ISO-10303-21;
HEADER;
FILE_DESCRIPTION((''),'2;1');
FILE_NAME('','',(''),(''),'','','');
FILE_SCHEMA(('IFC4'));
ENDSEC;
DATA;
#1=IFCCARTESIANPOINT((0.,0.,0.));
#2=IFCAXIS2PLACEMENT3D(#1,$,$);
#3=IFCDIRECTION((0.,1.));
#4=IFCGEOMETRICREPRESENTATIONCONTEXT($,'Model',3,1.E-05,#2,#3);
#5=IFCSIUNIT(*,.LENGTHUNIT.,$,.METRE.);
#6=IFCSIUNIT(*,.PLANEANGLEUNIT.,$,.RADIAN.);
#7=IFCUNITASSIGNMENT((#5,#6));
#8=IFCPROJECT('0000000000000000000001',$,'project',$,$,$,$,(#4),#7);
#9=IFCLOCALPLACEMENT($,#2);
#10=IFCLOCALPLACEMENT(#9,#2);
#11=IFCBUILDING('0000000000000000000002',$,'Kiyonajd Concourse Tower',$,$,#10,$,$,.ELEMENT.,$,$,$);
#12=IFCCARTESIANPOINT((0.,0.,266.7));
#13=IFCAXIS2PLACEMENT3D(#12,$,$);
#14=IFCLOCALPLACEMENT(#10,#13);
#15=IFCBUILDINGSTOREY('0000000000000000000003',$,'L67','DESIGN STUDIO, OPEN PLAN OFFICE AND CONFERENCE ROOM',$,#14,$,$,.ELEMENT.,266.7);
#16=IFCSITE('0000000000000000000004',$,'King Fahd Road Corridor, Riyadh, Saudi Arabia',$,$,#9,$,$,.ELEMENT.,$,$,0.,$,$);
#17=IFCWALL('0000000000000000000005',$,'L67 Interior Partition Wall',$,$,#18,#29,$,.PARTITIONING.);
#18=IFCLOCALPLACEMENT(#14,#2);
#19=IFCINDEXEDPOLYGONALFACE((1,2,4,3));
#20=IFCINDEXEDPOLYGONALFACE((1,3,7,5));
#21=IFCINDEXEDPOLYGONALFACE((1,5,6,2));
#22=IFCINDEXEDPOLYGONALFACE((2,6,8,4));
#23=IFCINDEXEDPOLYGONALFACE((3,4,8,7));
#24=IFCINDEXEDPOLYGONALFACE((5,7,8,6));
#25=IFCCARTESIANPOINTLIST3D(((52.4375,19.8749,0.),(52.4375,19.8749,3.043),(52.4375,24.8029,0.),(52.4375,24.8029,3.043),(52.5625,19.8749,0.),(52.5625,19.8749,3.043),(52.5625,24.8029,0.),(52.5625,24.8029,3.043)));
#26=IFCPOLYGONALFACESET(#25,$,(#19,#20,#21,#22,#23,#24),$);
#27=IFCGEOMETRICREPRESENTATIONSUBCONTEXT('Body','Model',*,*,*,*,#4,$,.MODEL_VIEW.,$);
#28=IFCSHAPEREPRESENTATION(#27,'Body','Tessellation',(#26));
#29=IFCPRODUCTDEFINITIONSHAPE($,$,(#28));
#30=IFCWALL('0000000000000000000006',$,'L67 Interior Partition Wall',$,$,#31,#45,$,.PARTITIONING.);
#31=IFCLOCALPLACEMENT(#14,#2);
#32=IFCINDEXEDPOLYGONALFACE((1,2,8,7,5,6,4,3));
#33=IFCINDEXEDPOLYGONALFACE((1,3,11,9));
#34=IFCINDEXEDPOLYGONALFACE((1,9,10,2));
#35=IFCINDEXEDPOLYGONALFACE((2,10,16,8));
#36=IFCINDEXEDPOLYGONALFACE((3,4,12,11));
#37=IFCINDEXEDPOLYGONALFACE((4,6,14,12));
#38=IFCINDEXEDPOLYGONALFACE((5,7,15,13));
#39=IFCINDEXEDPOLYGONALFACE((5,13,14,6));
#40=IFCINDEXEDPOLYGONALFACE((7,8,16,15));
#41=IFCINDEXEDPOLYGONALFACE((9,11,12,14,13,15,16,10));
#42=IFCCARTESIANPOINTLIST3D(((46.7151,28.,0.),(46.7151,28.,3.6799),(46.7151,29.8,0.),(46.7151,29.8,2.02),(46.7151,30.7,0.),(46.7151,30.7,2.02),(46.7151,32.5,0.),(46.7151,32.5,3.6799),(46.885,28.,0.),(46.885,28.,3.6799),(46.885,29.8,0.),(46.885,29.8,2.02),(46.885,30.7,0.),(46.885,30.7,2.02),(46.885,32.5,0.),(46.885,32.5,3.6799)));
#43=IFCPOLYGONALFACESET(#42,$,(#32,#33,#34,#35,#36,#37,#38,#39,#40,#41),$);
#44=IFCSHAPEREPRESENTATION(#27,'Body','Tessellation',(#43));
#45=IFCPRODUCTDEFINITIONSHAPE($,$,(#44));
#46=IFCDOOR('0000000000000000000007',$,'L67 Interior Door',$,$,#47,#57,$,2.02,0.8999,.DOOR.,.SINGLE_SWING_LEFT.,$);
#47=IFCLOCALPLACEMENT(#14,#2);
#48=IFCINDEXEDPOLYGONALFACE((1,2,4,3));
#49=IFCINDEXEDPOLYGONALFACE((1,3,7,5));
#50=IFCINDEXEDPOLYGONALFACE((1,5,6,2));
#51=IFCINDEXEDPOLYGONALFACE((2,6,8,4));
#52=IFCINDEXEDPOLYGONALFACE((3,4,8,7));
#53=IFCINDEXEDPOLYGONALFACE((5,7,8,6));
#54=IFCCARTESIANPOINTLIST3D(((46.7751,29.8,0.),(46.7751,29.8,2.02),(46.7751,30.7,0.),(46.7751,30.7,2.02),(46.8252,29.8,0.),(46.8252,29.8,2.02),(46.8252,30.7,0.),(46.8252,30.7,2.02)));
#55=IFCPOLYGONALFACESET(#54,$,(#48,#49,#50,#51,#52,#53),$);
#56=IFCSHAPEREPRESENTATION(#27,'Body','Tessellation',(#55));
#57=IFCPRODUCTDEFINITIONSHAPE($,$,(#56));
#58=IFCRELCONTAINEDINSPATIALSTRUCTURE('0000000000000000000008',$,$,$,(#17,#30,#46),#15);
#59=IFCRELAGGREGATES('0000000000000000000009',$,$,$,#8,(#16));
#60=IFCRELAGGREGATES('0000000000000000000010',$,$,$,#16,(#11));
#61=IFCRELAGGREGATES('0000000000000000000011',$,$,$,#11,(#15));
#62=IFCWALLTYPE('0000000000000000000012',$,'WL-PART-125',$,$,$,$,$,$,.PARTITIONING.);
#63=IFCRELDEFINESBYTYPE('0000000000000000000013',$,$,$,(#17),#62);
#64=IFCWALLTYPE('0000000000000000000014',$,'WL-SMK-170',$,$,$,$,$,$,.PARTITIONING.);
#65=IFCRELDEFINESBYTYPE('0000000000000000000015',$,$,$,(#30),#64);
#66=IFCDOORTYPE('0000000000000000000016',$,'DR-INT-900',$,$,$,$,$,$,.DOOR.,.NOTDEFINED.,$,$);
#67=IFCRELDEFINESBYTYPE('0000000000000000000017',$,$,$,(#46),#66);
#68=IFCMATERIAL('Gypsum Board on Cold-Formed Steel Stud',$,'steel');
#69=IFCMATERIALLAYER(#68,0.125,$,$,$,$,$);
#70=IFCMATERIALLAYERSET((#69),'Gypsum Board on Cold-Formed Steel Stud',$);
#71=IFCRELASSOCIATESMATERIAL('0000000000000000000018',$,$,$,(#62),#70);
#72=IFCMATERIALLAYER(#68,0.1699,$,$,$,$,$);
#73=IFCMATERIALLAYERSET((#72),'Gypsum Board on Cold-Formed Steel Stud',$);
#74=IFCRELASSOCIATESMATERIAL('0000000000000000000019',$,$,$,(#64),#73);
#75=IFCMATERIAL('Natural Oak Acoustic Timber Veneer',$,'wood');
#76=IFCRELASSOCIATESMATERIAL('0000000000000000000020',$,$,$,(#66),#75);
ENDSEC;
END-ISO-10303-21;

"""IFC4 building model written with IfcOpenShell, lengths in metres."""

from ifc_helpers import new_model, si_unit, direction, frame, frame_2d, origin, place, context, subcontext, project, spatial, rectangle, extrude, material, layer, layer_set, type_object, element, fill, save


model = new_model("IFC4")

# Units and contexts
model_context = context("Model", 3, precision=1e-05, world=origin(), true_north=direction((0.0, 1.0)))
body_context = subcontext(model_context, "Body", "Model", "MODEL_VIEW")
ifc_project = project(units=[si_unit("LENGTHUNIT", "METRE"), si_unit("PLANEANGLEUNIT", "RADIAN")], contexts=[model_context])

# Site, building, storey
site_placement = place(None, origin())
site = spatial("IfcSite", under=ifc_project, at=site_placement, Name="King Fahd Road Corridor, Riyadh, Saudi Arabia", CompositionType="ELEMENT", RefElevation=0.0)
building_placement = place(site_placement, origin())
building = spatial("IfcBuilding", under=site, at=building_placement, Name="Kiyonajd Concourse Tower", CompositionType="ELEMENT")
storey_placement = place(building_placement, frame((0.0, 0.0, 266.7)))
storey = spatial("IfcBuildingStorey", under=building, at=storey_placement, Name="L67", Description="DESIGN STUDIO, OPEN PLAN OFFICE AND CONFERENCE ROOM", CompositionType="ELEMENT", Elevation=266.7)

# Wall
ifc_material_1 = material(Name="Gypsum Board on Cold-Formed Steel Stud", Category="steel")
ifc_layer_1 = layer(ifc_material_1, 0.125)
ifc_layer_set_1 = layer_set([ifc_layer_1], Name="Gypsum Board on Cold-Formed Steel Stud")
wall_type_1 = type_object("IfcWallType", Name="WL-PART-125", PredefinedType="PARTITIONING", material=ifc_layer_set_1)
wall_1_placement = place(storey_placement, frame((52.5, 19.875, 0.0), z_axis=(0.0, 0.0, 1.0), x_axis=(0.0, 1.0, 0.0)))
element("IfcWall", 1, at=wall_1_placement, inside=storey, type_object=wall_type_1, Name="L67 Interior Partition Wall", PredefinedType="PARTITIONING", context=body_context, shape_type="SweptSolid", body=[
    extrude(rectangle(XDim=4.928, YDim=0.125, at=frame_2d((2.4639, 0.0))), origin(), (0.0, 0.0, 1.0), 3.043),
])

# Wall, opening, door
ifc_layer_2 = layer(ifc_material_1, 0.1699)
ifc_layer_set_2 = layer_set([ifc_layer_2], Name="Gypsum Board on Cold-Formed Steel Stud")
wall_type_2 = type_object("IfcWallType", Name="WL-SMK-170", PredefinedType="PARTITIONING", material=ifc_layer_set_2)
wall_2_placement = place(storey_placement, frame((46.8, 28.0, 0.0), z_axis=(0.0, 0.0, 1.0), x_axis=(0.0, 1.0, 0.0)))
wall_2 = element("IfcWall", 2, at=wall_2_placement, inside=storey, type_object=wall_type_2, Name="L67 Interior Partition Wall", PredefinedType="PARTITIONING", context=body_context, shape_type="SweptSolid", body=[
    extrude(rectangle(XDim=4.5, YDim=0.1699, at=frame_2d((2.25, 0.0))), origin(), (0.0, 0.0, 1.0), 3.6799),
])
opening_1_placement = place(wall_2_placement, frame((1.8, 0.0, 0.0)))
opening_1 = element("IfcOpeningElement", 3, at=opening_1_placement, cuts=wall_2, PredefinedType="OPENING", context=body_context, shape_type="SweptSolid", body=[
    extrude(rectangle(XDim=0.8999, YDim=2.02, at=frame_2d((0.45, 1.01))), frame((0.0, 0.095, 0.0), z_axis=(0.0, -1.0, 0.0), x_axis=(1.0, 0.0, 0.0)), (0.0, 0.0, 1.0), 0.1899),
])
ifc_material_2 = material(Name="Natural Oak Acoustic Timber Veneer", Category="wood")
door_type_1 = type_object("IfcDoorType", Name="DR-INT-900", OperationType="NOTDEFINED", PredefinedType="DOOR", material=ifc_material_2)
door_1_placement = place(opening_1_placement, origin())
door_1 = element("IfcDoor", 4, at=door_1_placement, inside=storey, type_object=door_type_1, Name="L67 Interior Door", OperationType="SINGLE_SWING_LEFT", OverallHeight=2.02, OverallWidth=0.8999, PredefinedType="DOOR", context=body_context, shape_type="SweptSolid", body=[
    extrude(rectangle(XDim=0.8999, YDim=2.02, at=frame_2d((0.45, 1.01))), frame((0.0, 0.0249, 0.0), z_axis=(0.0, -1.0, 0.0), x_axis=(1.0, 0.0, 0.0)), (0.0, 0.0, 1.0), 0.05),
])
fill(opening_1, door_1)

save(model, "model.ifc")
